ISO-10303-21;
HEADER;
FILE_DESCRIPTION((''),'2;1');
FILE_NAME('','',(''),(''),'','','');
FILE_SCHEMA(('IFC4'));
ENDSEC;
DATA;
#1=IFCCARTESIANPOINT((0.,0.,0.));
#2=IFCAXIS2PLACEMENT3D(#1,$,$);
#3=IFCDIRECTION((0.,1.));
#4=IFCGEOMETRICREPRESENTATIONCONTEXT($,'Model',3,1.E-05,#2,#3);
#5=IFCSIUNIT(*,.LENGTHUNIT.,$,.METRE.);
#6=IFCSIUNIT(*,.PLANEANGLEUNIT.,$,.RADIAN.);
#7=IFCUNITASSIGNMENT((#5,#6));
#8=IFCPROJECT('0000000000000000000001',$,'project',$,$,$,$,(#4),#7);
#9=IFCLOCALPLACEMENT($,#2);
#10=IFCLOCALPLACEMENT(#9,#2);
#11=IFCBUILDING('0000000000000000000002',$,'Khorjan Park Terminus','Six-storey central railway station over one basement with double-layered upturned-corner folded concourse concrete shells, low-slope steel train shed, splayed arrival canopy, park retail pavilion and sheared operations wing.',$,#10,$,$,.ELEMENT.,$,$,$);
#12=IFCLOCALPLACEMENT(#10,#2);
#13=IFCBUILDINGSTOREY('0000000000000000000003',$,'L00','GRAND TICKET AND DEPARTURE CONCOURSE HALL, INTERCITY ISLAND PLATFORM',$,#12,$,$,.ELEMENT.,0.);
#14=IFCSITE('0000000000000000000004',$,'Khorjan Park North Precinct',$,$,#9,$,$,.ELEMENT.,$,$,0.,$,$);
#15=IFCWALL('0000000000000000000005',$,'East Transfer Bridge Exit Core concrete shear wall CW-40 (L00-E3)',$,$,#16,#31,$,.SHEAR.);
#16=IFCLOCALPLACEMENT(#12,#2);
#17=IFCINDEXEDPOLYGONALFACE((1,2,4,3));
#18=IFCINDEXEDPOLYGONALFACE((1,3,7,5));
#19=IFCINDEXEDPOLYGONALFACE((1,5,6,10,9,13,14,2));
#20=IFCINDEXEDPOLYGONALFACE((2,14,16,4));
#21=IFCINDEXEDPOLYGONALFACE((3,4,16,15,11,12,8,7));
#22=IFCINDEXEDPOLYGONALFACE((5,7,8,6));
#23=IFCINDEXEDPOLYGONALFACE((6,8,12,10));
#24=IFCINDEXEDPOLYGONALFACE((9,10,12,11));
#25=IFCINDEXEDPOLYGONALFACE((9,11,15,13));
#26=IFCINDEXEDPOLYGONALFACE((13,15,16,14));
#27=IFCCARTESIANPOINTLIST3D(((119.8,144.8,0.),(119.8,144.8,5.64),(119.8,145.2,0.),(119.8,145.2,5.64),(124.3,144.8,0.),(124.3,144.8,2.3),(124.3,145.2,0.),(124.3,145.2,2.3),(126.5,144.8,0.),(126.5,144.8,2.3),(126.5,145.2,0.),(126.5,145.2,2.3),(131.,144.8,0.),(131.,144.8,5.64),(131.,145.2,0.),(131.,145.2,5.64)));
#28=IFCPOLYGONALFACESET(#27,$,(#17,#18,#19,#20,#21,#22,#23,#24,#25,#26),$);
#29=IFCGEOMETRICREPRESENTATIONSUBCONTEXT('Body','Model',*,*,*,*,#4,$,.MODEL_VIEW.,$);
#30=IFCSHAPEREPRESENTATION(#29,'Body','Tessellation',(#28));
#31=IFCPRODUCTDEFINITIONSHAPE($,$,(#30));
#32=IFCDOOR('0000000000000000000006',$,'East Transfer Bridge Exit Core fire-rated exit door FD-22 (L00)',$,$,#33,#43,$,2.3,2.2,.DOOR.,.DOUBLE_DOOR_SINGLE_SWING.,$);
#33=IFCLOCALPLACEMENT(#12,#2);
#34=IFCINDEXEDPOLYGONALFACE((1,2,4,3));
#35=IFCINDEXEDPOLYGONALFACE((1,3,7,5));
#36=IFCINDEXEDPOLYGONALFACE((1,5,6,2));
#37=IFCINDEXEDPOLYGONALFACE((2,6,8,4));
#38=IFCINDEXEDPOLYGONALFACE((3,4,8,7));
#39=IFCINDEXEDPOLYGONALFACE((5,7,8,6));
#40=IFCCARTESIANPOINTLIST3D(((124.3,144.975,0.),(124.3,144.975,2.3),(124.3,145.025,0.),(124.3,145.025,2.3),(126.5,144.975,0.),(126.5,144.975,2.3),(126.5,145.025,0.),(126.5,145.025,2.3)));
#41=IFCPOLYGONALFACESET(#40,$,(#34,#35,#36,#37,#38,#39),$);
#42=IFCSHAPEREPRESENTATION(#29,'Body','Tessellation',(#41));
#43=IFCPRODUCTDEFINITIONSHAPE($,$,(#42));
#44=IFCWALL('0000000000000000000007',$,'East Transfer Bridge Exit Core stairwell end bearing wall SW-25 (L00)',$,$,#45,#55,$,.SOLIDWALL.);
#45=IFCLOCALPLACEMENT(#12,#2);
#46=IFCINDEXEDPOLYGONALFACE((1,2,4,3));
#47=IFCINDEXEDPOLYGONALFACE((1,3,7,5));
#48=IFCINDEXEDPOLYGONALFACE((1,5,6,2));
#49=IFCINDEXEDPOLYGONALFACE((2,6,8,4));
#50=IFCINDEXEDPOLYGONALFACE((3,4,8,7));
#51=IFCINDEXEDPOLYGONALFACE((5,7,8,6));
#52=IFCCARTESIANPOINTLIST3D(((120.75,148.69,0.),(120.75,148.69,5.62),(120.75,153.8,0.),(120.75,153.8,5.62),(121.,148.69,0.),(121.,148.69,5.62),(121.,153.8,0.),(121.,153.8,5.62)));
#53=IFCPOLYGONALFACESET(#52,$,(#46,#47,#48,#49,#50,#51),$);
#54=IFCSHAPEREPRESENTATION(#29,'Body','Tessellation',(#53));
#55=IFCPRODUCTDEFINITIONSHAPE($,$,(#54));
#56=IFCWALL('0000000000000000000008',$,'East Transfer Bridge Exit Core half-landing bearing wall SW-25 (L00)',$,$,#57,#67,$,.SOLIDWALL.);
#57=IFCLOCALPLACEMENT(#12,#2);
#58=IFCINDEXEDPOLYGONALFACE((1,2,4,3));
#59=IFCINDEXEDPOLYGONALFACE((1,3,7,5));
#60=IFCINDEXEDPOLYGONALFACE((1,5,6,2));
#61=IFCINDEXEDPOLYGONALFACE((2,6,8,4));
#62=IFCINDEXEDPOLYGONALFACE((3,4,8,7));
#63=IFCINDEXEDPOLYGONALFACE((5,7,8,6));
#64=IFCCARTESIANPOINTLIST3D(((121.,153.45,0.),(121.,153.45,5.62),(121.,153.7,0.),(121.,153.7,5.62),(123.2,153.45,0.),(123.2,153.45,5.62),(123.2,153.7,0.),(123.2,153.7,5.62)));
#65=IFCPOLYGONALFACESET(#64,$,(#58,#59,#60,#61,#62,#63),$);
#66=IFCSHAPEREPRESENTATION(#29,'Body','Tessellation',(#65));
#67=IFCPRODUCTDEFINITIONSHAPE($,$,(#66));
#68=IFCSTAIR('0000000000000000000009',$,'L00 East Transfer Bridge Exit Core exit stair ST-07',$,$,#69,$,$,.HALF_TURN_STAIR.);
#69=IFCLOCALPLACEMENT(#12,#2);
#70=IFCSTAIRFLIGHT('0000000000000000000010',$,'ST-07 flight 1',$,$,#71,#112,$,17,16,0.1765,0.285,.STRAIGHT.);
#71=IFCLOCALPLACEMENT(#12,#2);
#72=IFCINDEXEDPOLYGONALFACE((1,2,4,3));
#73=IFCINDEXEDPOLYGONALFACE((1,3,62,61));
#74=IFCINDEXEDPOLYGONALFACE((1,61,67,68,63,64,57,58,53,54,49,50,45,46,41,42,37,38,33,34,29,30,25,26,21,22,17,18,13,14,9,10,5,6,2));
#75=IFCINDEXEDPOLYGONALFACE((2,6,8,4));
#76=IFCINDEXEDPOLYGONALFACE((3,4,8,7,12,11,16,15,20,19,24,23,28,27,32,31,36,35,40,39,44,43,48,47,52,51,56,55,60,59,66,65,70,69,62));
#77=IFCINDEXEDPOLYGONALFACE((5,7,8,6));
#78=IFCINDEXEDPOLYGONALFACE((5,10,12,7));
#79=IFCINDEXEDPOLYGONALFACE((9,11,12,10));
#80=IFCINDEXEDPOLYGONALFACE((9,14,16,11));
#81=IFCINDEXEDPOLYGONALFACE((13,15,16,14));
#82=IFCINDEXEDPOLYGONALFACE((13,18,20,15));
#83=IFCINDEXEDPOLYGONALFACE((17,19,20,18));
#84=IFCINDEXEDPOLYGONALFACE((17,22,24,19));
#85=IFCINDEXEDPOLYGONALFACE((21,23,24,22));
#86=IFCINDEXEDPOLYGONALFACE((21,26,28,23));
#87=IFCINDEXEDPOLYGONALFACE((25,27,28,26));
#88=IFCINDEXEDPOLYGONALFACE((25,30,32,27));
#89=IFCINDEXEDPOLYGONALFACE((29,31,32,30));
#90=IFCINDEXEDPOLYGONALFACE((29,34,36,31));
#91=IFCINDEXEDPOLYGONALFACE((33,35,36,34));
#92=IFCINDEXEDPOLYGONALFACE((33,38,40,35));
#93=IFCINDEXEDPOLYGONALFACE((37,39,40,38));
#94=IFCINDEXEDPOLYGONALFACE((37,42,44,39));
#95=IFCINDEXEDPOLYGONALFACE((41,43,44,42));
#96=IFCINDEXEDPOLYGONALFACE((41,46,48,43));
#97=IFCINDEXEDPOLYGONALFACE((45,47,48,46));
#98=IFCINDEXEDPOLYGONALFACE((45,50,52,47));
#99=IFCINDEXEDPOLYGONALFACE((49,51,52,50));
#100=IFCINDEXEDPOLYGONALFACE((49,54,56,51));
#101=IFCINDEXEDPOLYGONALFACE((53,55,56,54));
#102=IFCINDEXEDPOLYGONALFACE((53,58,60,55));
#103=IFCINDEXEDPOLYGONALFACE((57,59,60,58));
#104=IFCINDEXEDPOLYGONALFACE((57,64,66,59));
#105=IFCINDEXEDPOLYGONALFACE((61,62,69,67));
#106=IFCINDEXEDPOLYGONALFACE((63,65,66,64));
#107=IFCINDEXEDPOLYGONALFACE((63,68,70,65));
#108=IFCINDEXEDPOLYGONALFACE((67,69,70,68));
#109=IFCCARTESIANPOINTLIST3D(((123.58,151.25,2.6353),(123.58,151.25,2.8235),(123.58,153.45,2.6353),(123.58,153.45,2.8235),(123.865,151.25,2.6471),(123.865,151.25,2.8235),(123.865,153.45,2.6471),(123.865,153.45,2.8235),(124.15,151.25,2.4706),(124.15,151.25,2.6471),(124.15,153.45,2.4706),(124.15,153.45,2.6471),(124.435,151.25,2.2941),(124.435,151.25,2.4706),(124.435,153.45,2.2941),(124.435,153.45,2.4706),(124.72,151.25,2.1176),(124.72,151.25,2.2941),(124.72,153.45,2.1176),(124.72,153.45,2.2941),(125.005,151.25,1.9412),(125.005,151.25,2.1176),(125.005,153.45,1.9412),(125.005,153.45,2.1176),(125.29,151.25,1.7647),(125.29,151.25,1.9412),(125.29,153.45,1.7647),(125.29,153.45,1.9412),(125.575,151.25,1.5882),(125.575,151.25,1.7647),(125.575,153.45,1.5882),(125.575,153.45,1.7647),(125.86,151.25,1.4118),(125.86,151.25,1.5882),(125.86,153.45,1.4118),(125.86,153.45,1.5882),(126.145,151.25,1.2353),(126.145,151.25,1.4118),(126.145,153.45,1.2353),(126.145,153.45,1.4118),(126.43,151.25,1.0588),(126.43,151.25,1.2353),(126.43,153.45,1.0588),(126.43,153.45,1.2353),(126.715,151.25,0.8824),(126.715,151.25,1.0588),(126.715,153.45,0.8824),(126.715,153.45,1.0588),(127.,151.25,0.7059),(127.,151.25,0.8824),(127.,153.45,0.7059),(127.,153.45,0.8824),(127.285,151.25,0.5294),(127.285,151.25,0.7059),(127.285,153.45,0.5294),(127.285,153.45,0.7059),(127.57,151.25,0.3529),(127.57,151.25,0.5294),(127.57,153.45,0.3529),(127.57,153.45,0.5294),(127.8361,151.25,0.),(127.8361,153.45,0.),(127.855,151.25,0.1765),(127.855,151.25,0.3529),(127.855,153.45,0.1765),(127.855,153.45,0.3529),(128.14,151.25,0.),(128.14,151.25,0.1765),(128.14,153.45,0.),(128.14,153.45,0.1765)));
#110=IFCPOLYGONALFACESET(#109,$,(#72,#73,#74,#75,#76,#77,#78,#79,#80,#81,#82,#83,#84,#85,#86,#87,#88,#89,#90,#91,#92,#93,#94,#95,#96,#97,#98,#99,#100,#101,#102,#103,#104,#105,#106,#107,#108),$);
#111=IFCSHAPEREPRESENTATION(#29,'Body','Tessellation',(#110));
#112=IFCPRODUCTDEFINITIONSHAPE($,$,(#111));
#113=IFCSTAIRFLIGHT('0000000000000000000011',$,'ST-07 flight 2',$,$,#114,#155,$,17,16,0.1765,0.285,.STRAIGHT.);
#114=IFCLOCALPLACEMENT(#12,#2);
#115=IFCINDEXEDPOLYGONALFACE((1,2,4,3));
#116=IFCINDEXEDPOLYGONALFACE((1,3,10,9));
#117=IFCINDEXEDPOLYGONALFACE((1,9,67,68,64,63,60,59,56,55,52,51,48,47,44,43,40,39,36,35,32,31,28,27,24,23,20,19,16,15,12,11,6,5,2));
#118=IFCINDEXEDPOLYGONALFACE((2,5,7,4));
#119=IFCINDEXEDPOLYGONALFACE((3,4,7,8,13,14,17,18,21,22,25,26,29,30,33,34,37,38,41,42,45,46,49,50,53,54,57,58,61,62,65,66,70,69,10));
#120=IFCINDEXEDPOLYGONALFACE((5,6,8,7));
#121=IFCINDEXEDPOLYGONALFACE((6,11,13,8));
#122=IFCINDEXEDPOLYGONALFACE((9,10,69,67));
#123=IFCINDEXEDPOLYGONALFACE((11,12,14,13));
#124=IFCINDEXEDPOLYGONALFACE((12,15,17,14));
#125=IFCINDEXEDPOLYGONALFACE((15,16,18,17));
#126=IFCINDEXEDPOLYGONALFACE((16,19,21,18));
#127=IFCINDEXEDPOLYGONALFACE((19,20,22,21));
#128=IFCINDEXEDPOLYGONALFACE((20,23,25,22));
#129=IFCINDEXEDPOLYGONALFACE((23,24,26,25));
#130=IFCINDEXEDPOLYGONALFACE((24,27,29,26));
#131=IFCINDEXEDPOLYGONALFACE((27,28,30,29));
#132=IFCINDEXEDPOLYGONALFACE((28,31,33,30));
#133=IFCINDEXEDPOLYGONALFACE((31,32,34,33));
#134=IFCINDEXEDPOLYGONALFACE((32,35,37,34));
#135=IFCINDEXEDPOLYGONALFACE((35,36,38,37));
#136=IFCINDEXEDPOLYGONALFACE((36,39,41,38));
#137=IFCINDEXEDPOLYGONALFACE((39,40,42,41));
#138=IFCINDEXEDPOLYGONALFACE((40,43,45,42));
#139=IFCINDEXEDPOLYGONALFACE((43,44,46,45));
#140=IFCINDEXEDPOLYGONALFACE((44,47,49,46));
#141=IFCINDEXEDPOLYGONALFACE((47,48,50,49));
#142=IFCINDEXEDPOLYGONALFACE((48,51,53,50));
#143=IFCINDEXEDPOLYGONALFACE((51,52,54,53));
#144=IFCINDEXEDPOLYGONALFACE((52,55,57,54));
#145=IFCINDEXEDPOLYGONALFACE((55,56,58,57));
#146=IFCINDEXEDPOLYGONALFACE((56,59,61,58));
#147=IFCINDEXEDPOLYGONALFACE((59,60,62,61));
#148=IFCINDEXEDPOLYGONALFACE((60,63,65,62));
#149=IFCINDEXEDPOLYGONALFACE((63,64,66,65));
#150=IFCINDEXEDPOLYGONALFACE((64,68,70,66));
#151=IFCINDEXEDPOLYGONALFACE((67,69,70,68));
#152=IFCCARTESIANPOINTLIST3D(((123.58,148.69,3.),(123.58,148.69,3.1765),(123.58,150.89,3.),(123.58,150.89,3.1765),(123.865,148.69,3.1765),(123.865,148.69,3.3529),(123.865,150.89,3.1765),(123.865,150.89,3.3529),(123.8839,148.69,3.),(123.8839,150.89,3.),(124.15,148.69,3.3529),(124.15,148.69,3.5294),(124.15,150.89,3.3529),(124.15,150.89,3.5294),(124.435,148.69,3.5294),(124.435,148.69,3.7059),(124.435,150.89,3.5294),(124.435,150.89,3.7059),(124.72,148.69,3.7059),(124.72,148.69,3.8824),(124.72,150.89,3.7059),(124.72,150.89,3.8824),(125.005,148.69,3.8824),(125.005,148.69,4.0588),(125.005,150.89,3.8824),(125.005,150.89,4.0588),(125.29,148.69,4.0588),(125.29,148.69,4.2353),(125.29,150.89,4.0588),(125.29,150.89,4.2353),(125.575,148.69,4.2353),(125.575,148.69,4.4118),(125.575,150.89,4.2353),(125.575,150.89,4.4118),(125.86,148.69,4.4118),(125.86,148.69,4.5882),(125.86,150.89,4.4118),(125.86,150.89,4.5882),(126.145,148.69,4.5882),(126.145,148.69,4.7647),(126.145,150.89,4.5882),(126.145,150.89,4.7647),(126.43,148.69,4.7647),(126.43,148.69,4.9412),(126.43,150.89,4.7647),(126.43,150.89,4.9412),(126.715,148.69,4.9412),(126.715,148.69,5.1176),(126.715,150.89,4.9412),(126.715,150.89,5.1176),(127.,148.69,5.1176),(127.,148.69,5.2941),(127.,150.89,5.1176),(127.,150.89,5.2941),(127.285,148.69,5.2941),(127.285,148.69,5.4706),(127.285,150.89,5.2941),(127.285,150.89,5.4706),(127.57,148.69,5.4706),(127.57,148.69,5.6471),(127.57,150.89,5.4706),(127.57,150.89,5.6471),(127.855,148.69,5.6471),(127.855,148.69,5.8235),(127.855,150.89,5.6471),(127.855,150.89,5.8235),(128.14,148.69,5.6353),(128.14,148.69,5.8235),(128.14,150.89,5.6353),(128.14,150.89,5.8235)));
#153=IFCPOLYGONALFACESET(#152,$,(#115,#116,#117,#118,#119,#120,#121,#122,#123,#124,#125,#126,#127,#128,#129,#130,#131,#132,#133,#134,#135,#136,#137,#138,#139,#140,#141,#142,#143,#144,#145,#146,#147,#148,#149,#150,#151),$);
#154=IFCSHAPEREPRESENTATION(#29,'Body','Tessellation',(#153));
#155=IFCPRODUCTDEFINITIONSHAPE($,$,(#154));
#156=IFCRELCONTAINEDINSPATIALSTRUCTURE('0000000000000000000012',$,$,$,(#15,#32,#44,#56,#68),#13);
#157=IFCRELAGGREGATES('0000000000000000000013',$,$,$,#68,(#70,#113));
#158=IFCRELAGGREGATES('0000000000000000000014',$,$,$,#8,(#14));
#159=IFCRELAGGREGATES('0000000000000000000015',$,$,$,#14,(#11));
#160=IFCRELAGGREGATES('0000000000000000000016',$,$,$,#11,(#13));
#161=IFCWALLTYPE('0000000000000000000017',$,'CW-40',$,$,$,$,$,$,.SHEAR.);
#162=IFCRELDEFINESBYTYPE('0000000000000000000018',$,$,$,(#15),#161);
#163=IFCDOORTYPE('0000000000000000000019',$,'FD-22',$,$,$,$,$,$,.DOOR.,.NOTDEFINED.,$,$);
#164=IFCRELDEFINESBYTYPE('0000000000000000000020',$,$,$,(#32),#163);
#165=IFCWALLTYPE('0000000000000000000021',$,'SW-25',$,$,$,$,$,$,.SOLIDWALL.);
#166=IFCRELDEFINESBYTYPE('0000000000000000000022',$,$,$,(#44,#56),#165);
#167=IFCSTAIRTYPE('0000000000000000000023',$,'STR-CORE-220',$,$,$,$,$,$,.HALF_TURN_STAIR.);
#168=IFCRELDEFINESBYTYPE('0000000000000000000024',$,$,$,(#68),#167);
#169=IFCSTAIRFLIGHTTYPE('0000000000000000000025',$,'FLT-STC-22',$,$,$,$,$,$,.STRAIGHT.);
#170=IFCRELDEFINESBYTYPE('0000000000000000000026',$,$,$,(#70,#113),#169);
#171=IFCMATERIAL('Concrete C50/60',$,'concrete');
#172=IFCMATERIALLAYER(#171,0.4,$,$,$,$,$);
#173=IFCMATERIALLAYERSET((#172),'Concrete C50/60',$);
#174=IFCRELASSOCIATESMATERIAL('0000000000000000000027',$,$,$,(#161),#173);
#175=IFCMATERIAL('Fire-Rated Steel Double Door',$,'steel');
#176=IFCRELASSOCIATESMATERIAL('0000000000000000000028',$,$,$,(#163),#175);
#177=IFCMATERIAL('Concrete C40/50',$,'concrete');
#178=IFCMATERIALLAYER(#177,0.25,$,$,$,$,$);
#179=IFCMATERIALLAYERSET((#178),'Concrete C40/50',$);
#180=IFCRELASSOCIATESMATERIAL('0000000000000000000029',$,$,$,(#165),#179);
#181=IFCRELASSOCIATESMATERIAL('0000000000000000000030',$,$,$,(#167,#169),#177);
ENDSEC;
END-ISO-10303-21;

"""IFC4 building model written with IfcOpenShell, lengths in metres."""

from ifc_helpers import new_model, si_unit, direction, frame, frame_2d, origin, place, context, subcontext, project, spatial, polyline, rectangle, outline, extrude, material, layer, layer_set, type_object, element, fill, aggregate, save


model = new_model("IFC4")

# Units and contexts
model_context = context("Model", 3, precision=1e-05, world=origin(), true_north=direction((0.0, 1.0)))
body_context = subcontext(model_context, "Body", "Model", "MODEL_VIEW")
ifc_project = project(units=[si_unit("LENGTHUNIT", "METRE"), si_unit("PLANEANGLEUNIT", "RADIAN")], contexts=[model_context])

# Site, building, storey
site_placement = place(None, origin())
site = spatial("IfcSite", under=ifc_project, at=site_placement, Name="Khorjan Park North Precinct", CompositionType="ELEMENT", RefElevation=0.0)
building_placement = place(site_placement, origin())
building = spatial("IfcBuilding", under=site, at=building_placement, Name="Khorjan Park Terminus", Description="Six-storey central railway station over one basement with double-layered upturned-corner folded concourse concrete shells, low-slope steel train shed, splayed arrival canopy, park retail pavilion and sheared operations wing.", CompositionType="ELEMENT")
storey_placement = place(building_placement, origin())
storey = spatial("IfcBuildingStorey", under=building, at=storey_placement, Name="L00", Description="GRAND TICKET AND DEPARTURE CONCOURSE HALL, INTERCITY ISLAND PLATFORM", CompositionType="ELEMENT", Elevation=0.0)

# Shared definitions
ifc_material_1 = material(Name="Concrete C40/50", Category="concrete")
ifc_material_2 = material(Name="Concrete C50/60", Category="concrete")

# Shared definitions
ifc_layer_1 = layer(ifc_material_2, 0.4)
ifc_layer_set_1 = layer_set([ifc_layer_1], Name="Concrete C50/60")
wall_type_1 = type_object("IfcWallType", Name="CW-40", PredefinedType="SHEAR", material=ifc_layer_set_1)

# Wall, opening, door
wall_1_placement = place(storey_placement, frame((119.8, 145.0, 0.0), z_axis=(0.0, 0.0, 1.0), x_axis=(1.0, 0.0, 0.0)))
wall_1 = element("IfcWall", 1, at=wall_1_placement, inside=storey, type_object=wall_type_1, Name="East Transfer Bridge Exit Core concrete shear wall CW-40 (L00-E3)", PredefinedType="SHEAR", context=body_context, shape_type="SweptSolid", body=[
    extrude(rectangle(XDim=11.2, YDim=0.4, at=frame_2d((5.6, 0.0))), origin(), (0.0, 0.0, 1.0), 5.64),
])
opening_placement = place(wall_1_placement, frame((4.5, 0.0, 0.0)))
opening = element("IfcOpeningElement", 2, at=opening_placement, cuts=wall_1, PredefinedType="OPENING", context=body_context, shape_type="SweptSolid", body=[
    extrude(rectangle(XDim=2.2, YDim=2.3, at=frame_2d((1.1, 1.15))), frame((0.0, 0.21, 0.0), z_axis=(0.0, -1.0, 0.0), x_axis=(1.0, 0.0, 0.0)), (0.0, 0.0, 1.0), 0.42),
])
ifc_material_3 = material(Name="Fire-Rated Steel Double Door", Category="steel")
door_type = type_object("IfcDoorType", Name="FD-22", OperationType="NOTDEFINED", PredefinedType="DOOR", material=ifc_material_3)
door_placement = place(opening_placement, origin())
door = element("IfcDoor", 3, at=door_placement, inside=storey, type_object=door_type, Name="East Transfer Bridge Exit Core fire-rated exit door FD-22 (L00)", OperationType="DOUBLE_DOOR_SINGLE_SWING", OverallHeight=2.3, OverallWidth=2.2, PredefinedType="DOOR", context=body_context, shape_type="SweptSolid", body=[
    extrude(rectangle(XDim=2.2, YDim=2.3, at=frame_2d((1.1, 1.15))), frame((0.0, 0.025, 0.0), z_axis=(0.0, -1.0, 0.0), x_axis=(1.0, 0.0, 0.0)), (0.0, 0.0, 1.0), 0.05),
])
fill(opening, door)

# Walls
ifc_layer_2 = layer(ifc_material_1, 0.25)
ifc_layer_set_2 = layer_set([ifc_layer_2], Name="Concrete C40/50")
wall_type_2 = type_object("IfcWallType", Name="SW-25", PredefinedType="SOLIDWALL", material=ifc_layer_set_2)
wall_2_placement = place(storey_placement, frame((120.875, 153.8, 0.0), z_axis=(0.0, 0.0, 1.0), x_axis=(0.0, -1.0, 0.0)))
element("IfcWall", 4, at=wall_2_placement, inside=storey, type_object=wall_type_2, Name="East Transfer Bridge Exit Core stairwell end bearing wall SW-25 (L00)", PredefinedType="SOLIDWALL", context=body_context, shape_type="SweptSolid", body=[
    extrude(rectangle(XDim=5.11, YDim=0.25, at=frame_2d((2.555, 0.0))), origin(), (0.0, 0.0, 1.0), 5.62),
])
wall_3_placement = place(storey_placement, frame((123.2, 153.575, 0.0), z_axis=(0.0, 0.0, 1.0), x_axis=(-1.0, 0.0, 0.0)))
element("IfcWall", 5, at=wall_3_placement, inside=storey, type_object=wall_type_2, Name="East Transfer Bridge Exit Core half-landing bearing wall SW-25 (L00)", PredefinedType="SOLIDWALL", context=body_context, shape_type="SweptSolid", body=[
    extrude(rectangle(XDim=2.2, YDim=0.25, at=frame_2d((1.1, 0.0))), origin(), (0.0, 0.0, 1.0), 5.62),
])

# Stair, stair flights
stair_type = type_object("IfcStairType", Name="STR-CORE-220", PredefinedType="HALF_TURN_STAIR", material=ifc_material_1)
stair_placement = place(storey_placement, origin())
stair = element("IfcStair", 6, at=stair_placement, inside=storey, type_object=stair_type, Name="L00 East Transfer Bridge Exit Core exit stair ST-07", PredefinedType="HALF_TURN_STAIR")
stair_flight_type = type_object("IfcStairFlightType", Name="FLT-STC-22", PredefinedType="STRAIGHT", material=ifc_material_1)
stair_flight_1_placement = place(storey_placement, frame((128.14, 152.35, 0.0), z_axis=(0.0, 0.0, 1.0), x_axis=(-1.0, 0.0, 0.0)))
stair_flight_1 = element("IfcStairFlight", 7, at=stair_flight_1_placement, type_object=stair_flight_type, Name="ST-07 flight 1", NumberOfRisers=17, NumberOfTreads=16, PredefinedType="STRAIGHT", RiserHeight=0.1765, TreadLength=0.285, context=body_context, shape_type="SweptSolid", body=[
    extrude(outline(polyline([(0.0, 0.0), (0.0, 0.1765), (0.285, 0.1765), (0.285, 0.3529), (0.57, 0.3529), (0.57, 0.5294), (0.855, 0.5294), (0.855, 0.7059), (1.14, 0.7059), (1.14, 0.8824), (1.425, 0.8824), (1.425, 1.0588), (1.71, 1.0588), (1.71, 1.2353), (1.995, 1.2353), (1.995, 1.4118), (2.28, 1.4118), (2.28, 1.5882), (2.565, 1.5882), (2.565, 1.7647), (2.85, 1.7647), (2.85, 1.9412), (3.135, 1.9412), (3.135, 2.1176), (3.42, 2.1176), (3.42, 2.2941), (3.705, 2.2941), (3.705, 2.4706), (3.99, 2.4706), (3.99, 2.6471), (4.275, 2.6471), (4.275, 2.8235), (4.56, 2.8235), (4.56, 3.0), (4.56, 2.6353), (0.3039, 0.0), (0.0, 0.0)])), frame((0.0, 1.1, 0.0), z_axis=(0.0, -1.0, 0.0), x_axis=(1.0, 0.0, 0.0)), (0.0, 0.0, 1.0), 2.2),
])
stair_flight_2_placement = place(storey_placement, frame((123.58, 149.79, 3.0), z_axis=(0.0, 0.0, 1.0), x_axis=(1.0, 0.0, 0.0)))
stair_flight_2 = element("IfcStairFlight", 8, at=stair_flight_2_placement, type_object=stair_flight_type, Name="ST-07 flight 2", NumberOfRisers=17, NumberOfTreads=16, PredefinedType="STRAIGHT", RiserHeight=0.1765, TreadLength=0.285, context=body_context, shape_type="SweptSolid", body=[
    extrude(outline(polyline([(0.0, 0.0), (0.0, 0.1765), (0.285, 0.1765), (0.285, 0.3529), (0.57, 0.3529), (0.57, 0.5294), (0.855, 0.5294), (0.855, 0.7059), (1.14, 0.7059), (1.14, 0.8824), (1.425, 0.8824), (1.425, 1.0588), (1.71, 1.0588), (1.71, 1.2353), (1.995, 1.2353), (1.995, 1.4118), (2.28, 1.4118), (2.28, 1.5882), (2.565, 1.5882), (2.565, 1.7647), (2.85, 1.7647), (2.85, 1.9412), (3.135, 1.9412), (3.135, 2.1176), (3.42, 2.1176), (3.42, 2.2941), (3.705, 2.2941), (3.705, 2.4706), (3.99, 2.4706), (3.99, 2.6471), (4.275, 2.6471), (4.275, 2.8235), (4.56, 2.8235), (4.56, 3.0), (4.56, 2.6353), (0.3039, 0.0), (0.0, 0.0)])), frame((0.0, 1.1, 0.0), z_axis=(0.0, -1.0, 0.0), x_axis=(1.0, 0.0, 0.0)), (0.0, 0.0, 1.0), 2.2),
])
aggregate(stair, [stair_flight_1, stair_flight_2])

save(model, "model.ifc")
